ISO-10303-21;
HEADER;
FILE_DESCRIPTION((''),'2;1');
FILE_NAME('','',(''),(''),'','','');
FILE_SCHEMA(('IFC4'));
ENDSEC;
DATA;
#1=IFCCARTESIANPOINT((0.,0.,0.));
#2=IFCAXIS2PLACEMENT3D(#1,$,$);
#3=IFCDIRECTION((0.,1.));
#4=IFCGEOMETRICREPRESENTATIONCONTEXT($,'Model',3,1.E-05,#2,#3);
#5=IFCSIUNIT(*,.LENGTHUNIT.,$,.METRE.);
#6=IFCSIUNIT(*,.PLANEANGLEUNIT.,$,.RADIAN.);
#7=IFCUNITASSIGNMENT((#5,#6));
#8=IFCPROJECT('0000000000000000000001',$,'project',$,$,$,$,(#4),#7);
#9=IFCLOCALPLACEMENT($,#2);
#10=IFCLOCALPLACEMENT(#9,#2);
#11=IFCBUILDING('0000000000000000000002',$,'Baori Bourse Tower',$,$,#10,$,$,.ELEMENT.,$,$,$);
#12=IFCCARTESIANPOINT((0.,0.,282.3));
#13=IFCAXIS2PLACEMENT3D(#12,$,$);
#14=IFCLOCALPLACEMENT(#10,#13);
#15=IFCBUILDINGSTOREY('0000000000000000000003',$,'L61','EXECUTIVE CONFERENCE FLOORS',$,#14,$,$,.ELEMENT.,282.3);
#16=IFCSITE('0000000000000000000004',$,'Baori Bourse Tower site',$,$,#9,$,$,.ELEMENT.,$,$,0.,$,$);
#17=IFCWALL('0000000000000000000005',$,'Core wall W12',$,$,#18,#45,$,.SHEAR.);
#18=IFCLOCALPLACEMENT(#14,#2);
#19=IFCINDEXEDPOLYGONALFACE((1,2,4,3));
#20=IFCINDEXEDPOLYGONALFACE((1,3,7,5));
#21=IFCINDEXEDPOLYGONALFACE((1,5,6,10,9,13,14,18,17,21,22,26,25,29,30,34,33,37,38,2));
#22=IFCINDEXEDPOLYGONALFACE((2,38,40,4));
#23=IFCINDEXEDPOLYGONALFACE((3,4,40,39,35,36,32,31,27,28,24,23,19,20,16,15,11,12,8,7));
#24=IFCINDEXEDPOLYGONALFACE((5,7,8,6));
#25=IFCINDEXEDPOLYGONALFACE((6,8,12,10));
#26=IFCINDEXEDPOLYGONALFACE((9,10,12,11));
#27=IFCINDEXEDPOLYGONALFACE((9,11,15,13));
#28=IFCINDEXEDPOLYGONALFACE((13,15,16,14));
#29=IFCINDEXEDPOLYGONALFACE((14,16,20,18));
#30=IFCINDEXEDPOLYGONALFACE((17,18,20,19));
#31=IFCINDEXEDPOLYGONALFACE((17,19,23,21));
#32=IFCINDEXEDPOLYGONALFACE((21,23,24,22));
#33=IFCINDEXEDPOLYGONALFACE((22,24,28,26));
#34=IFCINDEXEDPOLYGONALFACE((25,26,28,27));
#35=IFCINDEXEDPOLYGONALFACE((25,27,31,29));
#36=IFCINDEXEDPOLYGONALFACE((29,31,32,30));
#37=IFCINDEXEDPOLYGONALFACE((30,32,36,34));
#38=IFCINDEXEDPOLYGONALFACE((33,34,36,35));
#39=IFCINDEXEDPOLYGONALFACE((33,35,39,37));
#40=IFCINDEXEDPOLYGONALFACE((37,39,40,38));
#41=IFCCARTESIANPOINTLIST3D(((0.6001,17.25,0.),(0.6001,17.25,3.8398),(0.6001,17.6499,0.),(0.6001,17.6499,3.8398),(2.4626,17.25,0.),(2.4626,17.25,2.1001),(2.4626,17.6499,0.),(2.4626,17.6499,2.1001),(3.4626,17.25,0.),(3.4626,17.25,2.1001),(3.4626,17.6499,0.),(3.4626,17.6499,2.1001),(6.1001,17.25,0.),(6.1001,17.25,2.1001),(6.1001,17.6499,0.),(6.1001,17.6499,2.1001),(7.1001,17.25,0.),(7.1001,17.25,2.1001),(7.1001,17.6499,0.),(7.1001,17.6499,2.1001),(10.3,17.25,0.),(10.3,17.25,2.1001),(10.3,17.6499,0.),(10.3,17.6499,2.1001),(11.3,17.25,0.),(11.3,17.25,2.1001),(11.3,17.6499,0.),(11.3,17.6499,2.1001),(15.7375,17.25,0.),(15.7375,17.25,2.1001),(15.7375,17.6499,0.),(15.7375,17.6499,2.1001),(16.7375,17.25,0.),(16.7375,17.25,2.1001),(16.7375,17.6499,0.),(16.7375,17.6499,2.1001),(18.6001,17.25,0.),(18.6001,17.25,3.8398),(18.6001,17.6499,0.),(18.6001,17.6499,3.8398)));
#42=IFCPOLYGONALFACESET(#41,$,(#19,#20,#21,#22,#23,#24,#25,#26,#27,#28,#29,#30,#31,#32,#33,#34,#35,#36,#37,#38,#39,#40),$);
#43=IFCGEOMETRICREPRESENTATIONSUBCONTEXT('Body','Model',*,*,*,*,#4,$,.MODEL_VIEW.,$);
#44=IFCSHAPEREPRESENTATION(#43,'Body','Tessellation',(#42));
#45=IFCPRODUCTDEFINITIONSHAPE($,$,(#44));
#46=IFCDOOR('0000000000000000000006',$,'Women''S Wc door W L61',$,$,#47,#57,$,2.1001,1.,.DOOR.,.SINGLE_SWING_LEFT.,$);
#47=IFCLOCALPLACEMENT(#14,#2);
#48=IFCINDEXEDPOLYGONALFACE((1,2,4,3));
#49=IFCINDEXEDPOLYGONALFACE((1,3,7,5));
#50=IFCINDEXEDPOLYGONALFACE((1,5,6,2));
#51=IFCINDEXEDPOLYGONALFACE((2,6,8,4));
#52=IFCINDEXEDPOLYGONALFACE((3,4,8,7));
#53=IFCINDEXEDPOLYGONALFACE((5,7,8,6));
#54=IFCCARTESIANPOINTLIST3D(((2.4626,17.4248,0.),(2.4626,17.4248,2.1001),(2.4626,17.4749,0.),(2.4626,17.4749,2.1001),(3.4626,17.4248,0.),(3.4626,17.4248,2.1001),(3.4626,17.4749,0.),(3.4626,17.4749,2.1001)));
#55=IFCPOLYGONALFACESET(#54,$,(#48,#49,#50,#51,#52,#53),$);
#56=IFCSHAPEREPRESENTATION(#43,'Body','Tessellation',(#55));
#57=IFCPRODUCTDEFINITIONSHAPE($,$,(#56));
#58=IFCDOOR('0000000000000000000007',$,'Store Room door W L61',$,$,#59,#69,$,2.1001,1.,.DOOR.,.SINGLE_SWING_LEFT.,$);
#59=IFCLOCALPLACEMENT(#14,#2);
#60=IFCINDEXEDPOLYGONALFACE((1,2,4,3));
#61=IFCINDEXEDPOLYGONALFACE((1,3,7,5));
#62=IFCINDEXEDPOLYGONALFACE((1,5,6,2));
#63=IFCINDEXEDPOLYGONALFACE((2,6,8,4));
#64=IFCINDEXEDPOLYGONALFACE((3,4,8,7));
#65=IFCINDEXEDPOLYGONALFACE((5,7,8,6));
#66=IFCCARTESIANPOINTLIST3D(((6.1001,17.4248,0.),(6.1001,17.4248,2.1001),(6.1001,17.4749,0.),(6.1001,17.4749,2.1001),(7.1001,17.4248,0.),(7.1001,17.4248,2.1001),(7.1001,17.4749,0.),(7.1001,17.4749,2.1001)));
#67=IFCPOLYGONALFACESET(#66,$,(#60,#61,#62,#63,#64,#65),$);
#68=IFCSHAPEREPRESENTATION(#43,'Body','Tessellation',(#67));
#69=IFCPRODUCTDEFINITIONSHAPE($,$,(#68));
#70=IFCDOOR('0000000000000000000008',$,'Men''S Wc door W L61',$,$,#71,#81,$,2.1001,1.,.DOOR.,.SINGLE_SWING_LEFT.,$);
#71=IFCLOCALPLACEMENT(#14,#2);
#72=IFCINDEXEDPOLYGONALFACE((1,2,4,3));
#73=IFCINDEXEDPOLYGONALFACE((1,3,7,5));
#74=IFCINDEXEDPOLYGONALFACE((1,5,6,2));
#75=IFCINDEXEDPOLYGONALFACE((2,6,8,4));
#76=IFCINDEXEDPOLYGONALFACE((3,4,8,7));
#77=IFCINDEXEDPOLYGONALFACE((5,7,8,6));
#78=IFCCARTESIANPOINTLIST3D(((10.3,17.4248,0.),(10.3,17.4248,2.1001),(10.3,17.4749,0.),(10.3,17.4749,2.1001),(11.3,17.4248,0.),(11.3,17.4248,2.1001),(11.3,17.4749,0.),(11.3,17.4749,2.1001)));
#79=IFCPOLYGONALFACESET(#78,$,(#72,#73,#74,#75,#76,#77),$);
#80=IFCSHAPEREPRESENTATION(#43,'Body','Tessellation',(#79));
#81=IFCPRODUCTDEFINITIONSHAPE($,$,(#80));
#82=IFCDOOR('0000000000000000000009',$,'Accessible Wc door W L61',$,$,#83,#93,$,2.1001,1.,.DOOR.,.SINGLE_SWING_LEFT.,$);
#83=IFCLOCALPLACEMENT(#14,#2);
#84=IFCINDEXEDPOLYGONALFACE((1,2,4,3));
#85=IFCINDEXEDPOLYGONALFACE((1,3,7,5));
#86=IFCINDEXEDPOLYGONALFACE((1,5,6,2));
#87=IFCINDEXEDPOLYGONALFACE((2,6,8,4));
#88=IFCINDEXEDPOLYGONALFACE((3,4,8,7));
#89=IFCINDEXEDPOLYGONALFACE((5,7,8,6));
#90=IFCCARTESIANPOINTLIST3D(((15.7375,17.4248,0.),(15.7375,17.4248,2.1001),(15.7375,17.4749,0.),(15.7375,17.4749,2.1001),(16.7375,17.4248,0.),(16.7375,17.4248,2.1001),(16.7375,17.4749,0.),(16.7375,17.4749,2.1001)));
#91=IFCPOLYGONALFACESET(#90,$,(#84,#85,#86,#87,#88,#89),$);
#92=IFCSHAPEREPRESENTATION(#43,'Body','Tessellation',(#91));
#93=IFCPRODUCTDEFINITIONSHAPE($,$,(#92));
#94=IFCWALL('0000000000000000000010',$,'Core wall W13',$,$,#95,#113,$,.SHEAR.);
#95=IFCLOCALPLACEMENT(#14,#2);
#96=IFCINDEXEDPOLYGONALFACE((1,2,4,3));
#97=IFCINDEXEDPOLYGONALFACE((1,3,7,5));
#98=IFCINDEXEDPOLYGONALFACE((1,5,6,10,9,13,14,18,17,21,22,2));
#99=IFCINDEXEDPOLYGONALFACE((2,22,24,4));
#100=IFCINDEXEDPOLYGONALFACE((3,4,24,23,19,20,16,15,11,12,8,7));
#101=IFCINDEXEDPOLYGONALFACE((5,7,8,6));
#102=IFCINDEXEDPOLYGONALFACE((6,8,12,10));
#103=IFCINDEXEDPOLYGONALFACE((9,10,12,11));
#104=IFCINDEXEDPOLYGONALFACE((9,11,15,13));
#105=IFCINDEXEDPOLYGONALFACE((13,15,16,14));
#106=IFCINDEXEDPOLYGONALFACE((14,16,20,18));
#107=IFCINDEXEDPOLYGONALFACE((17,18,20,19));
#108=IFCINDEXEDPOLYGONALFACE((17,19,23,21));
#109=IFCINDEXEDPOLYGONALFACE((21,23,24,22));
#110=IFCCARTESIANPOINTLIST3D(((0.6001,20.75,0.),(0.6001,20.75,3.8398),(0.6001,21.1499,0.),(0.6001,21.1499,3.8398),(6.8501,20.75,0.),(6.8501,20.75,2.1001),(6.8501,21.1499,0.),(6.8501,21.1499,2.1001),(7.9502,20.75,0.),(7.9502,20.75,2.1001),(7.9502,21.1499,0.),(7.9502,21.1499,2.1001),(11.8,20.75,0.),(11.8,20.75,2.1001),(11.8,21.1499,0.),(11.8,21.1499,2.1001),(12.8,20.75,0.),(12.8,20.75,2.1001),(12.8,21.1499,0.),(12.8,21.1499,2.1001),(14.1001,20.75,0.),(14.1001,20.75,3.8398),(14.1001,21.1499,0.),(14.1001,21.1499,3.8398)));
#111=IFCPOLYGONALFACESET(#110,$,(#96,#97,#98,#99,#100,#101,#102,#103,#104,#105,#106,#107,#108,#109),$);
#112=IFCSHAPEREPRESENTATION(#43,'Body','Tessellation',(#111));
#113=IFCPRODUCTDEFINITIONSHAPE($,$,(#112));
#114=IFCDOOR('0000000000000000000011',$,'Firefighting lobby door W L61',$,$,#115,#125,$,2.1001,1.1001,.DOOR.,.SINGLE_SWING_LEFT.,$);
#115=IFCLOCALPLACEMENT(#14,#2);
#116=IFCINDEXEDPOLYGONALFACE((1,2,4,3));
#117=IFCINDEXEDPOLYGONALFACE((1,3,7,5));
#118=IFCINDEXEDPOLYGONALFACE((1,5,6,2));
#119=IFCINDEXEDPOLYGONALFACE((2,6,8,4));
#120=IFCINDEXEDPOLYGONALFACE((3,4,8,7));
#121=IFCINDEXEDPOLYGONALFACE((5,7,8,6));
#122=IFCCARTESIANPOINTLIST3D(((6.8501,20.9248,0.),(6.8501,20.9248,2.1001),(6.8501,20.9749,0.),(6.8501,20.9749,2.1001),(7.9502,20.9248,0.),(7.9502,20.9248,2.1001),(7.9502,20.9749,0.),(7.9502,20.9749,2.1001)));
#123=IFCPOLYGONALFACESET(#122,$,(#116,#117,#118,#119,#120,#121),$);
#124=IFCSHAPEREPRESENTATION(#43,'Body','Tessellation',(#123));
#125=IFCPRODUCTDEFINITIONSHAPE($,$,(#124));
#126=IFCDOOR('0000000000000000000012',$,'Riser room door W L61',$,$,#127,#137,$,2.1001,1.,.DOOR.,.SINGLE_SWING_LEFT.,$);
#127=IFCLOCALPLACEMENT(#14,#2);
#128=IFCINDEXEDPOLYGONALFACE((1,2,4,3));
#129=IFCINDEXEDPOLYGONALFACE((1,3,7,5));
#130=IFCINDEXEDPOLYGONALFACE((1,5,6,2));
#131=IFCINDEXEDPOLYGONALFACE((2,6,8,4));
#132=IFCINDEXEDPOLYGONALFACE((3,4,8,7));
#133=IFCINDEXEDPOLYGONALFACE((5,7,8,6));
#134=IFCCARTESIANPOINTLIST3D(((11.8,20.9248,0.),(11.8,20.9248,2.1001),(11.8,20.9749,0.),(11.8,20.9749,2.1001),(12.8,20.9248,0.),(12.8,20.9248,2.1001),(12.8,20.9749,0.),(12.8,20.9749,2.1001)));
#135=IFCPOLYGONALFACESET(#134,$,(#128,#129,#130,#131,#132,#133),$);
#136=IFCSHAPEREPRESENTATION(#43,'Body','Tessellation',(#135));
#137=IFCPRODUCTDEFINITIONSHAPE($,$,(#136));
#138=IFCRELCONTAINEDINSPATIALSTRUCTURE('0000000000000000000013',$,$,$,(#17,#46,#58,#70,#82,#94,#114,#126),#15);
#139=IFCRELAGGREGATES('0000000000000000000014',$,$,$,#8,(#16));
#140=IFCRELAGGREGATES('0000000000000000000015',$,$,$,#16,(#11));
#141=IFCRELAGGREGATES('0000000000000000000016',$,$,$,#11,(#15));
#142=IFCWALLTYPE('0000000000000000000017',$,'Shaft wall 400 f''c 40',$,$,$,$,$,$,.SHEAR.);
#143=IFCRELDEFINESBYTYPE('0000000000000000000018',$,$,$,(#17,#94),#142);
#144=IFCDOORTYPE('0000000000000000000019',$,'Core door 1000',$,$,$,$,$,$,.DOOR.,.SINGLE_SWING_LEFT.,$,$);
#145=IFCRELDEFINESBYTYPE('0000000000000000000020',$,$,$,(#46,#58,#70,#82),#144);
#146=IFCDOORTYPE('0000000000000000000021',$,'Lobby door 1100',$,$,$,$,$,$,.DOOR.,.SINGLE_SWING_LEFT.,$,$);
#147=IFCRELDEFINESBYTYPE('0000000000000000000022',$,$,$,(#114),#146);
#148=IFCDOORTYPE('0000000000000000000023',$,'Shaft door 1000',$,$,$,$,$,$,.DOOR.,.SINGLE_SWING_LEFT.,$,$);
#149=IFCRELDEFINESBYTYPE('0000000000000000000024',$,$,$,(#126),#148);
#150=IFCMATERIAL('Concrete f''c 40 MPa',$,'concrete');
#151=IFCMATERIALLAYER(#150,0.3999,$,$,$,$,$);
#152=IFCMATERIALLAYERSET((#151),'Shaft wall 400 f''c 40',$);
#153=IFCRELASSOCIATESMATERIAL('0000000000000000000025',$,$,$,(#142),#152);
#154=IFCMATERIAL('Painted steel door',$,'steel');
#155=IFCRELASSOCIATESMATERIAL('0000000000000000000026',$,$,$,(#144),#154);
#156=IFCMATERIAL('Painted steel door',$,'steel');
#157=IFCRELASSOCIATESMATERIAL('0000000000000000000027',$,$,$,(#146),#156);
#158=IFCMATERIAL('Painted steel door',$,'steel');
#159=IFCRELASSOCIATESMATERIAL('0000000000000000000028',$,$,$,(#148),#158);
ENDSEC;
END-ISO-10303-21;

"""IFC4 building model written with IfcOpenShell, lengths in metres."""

from ifc_helpers import new_model, si_unit, direction, frame, frame_2d, origin, place, context, subcontext, project, spatial, rectangle, extrude, material, layer, layer_set, type_object, element, fill, save


model = new_model("IFC4")

# Units and contexts
model_context = context("Model", 3, precision=1e-05, world=origin(), true_north=direction((0.0, 1.0)))
body_context = subcontext(model_context, "Body", "Model", "MODEL_VIEW")
ifc_project = project(units=[si_unit("LENGTHUNIT", "METRE"), si_unit("PLANEANGLEUNIT", "RADIAN")], contexts=[model_context])

# Site, building, storey
site_placement = place(None, origin())
site = spatial("IfcSite", under=ifc_project, at=site_placement, Name="Baori Bourse Tower site", CompositionType="ELEMENT", RefElevation=0.0)
building_placement = place(site_placement, origin())
building = spatial("IfcBuilding", under=site, at=building_placement, Name="Baori Bourse Tower", CompositionType="ELEMENT")
storey_placement = place(building_placement, frame((0.0, 0.0, 282.3)))
storey = spatial("IfcBuildingStorey", under=building, at=storey_placement, Name="L61", Description="EXECUTIVE CONFERENCE FLOORS", CompositionType="ELEMENT", Elevation=282.3)

# Shared definitions
ifc_material_1 = material(Name="Concrete f'c 40 MPa", Category="concrete")
ifc_layer_1 = layer(ifc_material_1, 0.3999)
ifc_layer_set_1 = layer_set([ifc_layer_1], Name="Shaft wall 400 f'c 40")
wall_type_1 = type_object("IfcWallType", Name="Shaft wall 400 f'c 40", PredefinedType="SHEAR", material=ifc_layer_set_1)

# Walls, openings, doors
wall_1_placement = place(storey_placement, frame((0.6001, 17.45, 0.0), z_axis=(0.0, 0.0, 1.0), x_axis=(1.0, 0.0, 0.0)))
wall_1 = element("IfcWall", 1, at=wall_1_placement, inside=storey, type_object=wall_type_1, Name="Core wall W12", PredefinedType="SHEAR", context=body_context, shape_type="SweptSolid", body=[
    extrude(rectangle(XDim=18.0, YDim=0.3999, at=frame_2d((9.0, 0.0))), origin(), (0.0, 0.0, 1.0), 3.8398),
])
opening_1_placement = place(wall_1_placement, frame((1.8625, 0.0, 0.0)))
opening_1 = element("IfcOpeningElement", 2, at=opening_1_placement, cuts=wall_1, PredefinedType="OPENING", context=body_context, shape_type="SweptSolid", body=[
    extrude(rectangle(XDim=1.0, YDim=2.1001, at=frame_2d((0.5, 1.05))), frame((0.0, 0.21, 0.0), z_axis=(0.0, -1.0, 0.0), x_axis=(1.0, 0.0, 0.0)), (0.0, 0.0, 1.0), 0.4199),
])
opening_2_placement = place(wall_1_placement, frame((5.5, 0.0, 0.0)))
opening_2 = element("IfcOpeningElement", 3, at=opening_2_placement, cuts=wall_1, PredefinedType="OPENING", context=body_context, shape_type="SweptSolid", body=[
    extrude(rectangle(XDim=1.0, YDim=2.1001, at=frame_2d((0.5, 1.05))), frame((0.0, 0.21, 0.0), z_axis=(0.0, -1.0, 0.0), x_axis=(1.0, 0.0, 0.0)), (0.0, 0.0, 1.0), 0.4199),
])
opening_3_placement = place(wall_1_placement, frame((9.7, 0.0, 0.0)))
opening_3 = element("IfcOpeningElement", 4, at=opening_3_placement, cuts=wall_1, PredefinedType="OPENING", context=body_context, shape_type="SweptSolid", body=[
    extrude(rectangle(XDim=1.0, YDim=2.1001, at=frame_2d((0.5, 1.05))), frame((0.0, 0.21, 0.0), z_axis=(0.0, -1.0, 0.0), x_axis=(1.0, 0.0, 0.0)), (0.0, 0.0, 1.0), 0.4199),
])
opening_4_placement = place(wall_1_placement, frame((15.1375, 0.0, 0.0)))
opening_4 = element("IfcOpeningElement", 5, at=opening_4_placement, cuts=wall_1, PredefinedType="OPENING", context=body_context, shape_type="SweptSolid", body=[
    extrude(rectangle(XDim=1.0, YDim=2.1001, at=frame_2d((0.5, 1.05))), frame((0.0, 0.21, 0.0), z_axis=(0.0, -1.0, 0.0), x_axis=(1.0, 0.0, 0.0)), (0.0, 0.0, 1.0), 0.4199),
])
ifc_material_2 = material(Name="Painted steel door", Category="steel")
door_type_1 = type_object("IfcDoorType", Name="Core door 1000", OperationType="SINGLE_SWING_LEFT", PredefinedType="DOOR", material=ifc_material_2)
door_1_placement = place(opening_1_placement, origin())
door_1 = element("IfcDoor", 6, at=door_1_placement, inside=storey, type_object=door_type_1, Name="Women'S Wc door W L61", OperationType="SINGLE_SWING_LEFT", OverallHeight=2.1001, OverallWidth=1.0, PredefinedType="DOOR", context=body_context, shape_type="SweptSolid", body=[
    extrude(rectangle(XDim=1.0, YDim=2.1001, at=frame_2d((0.5, 1.05))), frame((0.0, 0.0249, 0.0), z_axis=(0.0, -1.0, 0.0), x_axis=(1.0, 0.0, 0.0)), (0.0, 0.0, 1.0), 0.05),
])
fill(opening_1, door_1)
door_2_placement = place(opening_2_placement, origin())
door_2 = element("IfcDoor", 7, at=door_2_placement, inside=storey, type_object=door_type_1, Name="Store Room door W L61", OperationType="SINGLE_SWING_LEFT", OverallHeight=2.1001, OverallWidth=1.0, PredefinedType="DOOR", context=body_context, shape_type="SweptSolid", body=[
    extrude(rectangle(XDim=1.0, YDim=2.1001, at=frame_2d((0.5, 1.05))), frame((0.0, 0.0249, 0.0), z_axis=(0.0, -1.0, 0.0), x_axis=(1.0, 0.0, 0.0)), (0.0, 0.0, 1.0), 0.05),
])
fill(opening_2, door_2)
door_3_placement = place(opening_3_placement, origin())
door_3 = element("IfcDoor", 8, at=door_3_placement, inside=storey, type_object=door_type_1, Name="Men'S Wc door W L61", OperationType="SINGLE_SWING_LEFT", OverallHeight=2.1001, OverallWidth=1.0, PredefinedType="DOOR", context=body_context, shape_type="SweptSolid", body=[
    extrude(rectangle(XDim=1.0, YDim=2.1001, at=frame_2d((0.5, 1.05))), frame((0.0, 0.0249, 0.0), z_axis=(0.0, -1.0, 0.0), x_axis=(1.0, 0.0, 0.0)), (0.0, 0.0, 1.0), 0.05),
])
fill(opening_3, door_3)
door_4_placement = place(opening_4_placement, origin())
door_4 = element("IfcDoor", 9, at=door_4_placement, inside=storey, type_object=door_type_1, Name="Accessible Wc door W L61", OperationType="SINGLE_SWING_LEFT", OverallHeight=2.1001, OverallWidth=1.0, PredefinedType="DOOR", context=body_context, shape_type="SweptSolid", body=[
    extrude(rectangle(XDim=1.0, YDim=2.1001, at=frame_2d((0.5, 1.05))), frame((0.0, 0.0249, 0.0), z_axis=(0.0, -1.0, 0.0), x_axis=(1.0, 0.0, 0.0)), (0.0, 0.0, 1.0), 0.05),
])
fill(opening_4, door_4)
wall_2_placement = place(storey_placement, frame((0.6001, 20.95, 0.0), z_axis=(0.0, 0.0, 1.0), x_axis=(1.0, 0.0, 0.0)))
wall_2 = element("IfcWall", 10, at=wall_2_placement, inside=storey, type_object=wall_type_1, Name="Core wall W13", PredefinedType="SHEAR", context=body_context, shape_type="SweptSolid", body=[
    extrude(rectangle(XDim=13.5, YDim=0.3999, at=frame_2d((6.75, 0.0))), origin(), (0.0, 0.0, 1.0), 3.8398),
])
opening_5_placement = place(wall_2_placement, frame((6.25, 0.0, 0.0)))
opening_5 = element("IfcOpeningElement", 11, at=opening_5_placement, cuts=wall_2, PredefinedType="OPENING", context=body_context, shape_type="SweptSolid", body=[
    extrude(rectangle(XDim=1.1001, YDim=2.1001, at=frame_2d((0.55, 1.05))), frame((0.0, 0.21, 0.0), z_axis=(0.0, -1.0, 0.0), x_axis=(1.0, 0.0, 0.0)), (0.0, 0.0, 1.0), 0.4199),
])
opening_6_placement = place(wall_2_placement, frame((11.2, 0.0, 0.0)))
opening_6 = element("IfcOpeningElement", 12, at=opening_6_placement, cuts=wall_2, PredefinedType="OPENING", context=body_context, shape_type="SweptSolid", body=[
    extrude(rectangle(XDim=1.0, YDim=2.1001, at=frame_2d((0.5, 1.05))), frame((0.0, 0.21, 0.0), z_axis=(0.0, -1.0, 0.0), x_axis=(1.0, 0.0, 0.0)), (0.0, 0.0, 1.0), 0.4199),
])
ifc_material_3 = material(Name="Painted steel door", Category="steel")
door_type_2 = type_object("IfcDoorType", Name="Lobby door 1100", OperationType="SINGLE_SWING_LEFT", PredefinedType="DOOR", material=ifc_material_3)
door_5_placement = place(opening_5_placement, origin())
door_5 = element("IfcDoor", 13, at=door_5_placement, inside=storey, type_object=door_type_2, Name="Firefighting lobby door W L61", OperationType="SINGLE_SWING_LEFT", OverallHeight=2.1001, OverallWidth=1.1001, PredefinedType="DOOR", context=body_context, shape_type="SweptSolid", body=[
    extrude(rectangle(XDim=1.1001, YDim=2.1001, at=frame_2d((0.55, 1.05))), frame((0.0, 0.0249, 0.0), z_axis=(0.0, -1.0, 0.0), x_axis=(1.0, 0.0, 0.0)), (0.0, 0.0, 1.0), 0.05),
])
fill(opening_5, door_5)
ifc_material_4 = material(Name="Painted steel door", Category="steel")
door_type_3 = type_object("IfcDoorType", Name="Shaft door 1000", OperationType="SINGLE_SWING_LEFT", PredefinedType="DOOR", material=ifc_material_4)
door_6_placement = place(opening_6_placement, origin())
door_6 = element("IfcDoor", 14, at=door_6_placement, inside=storey, type_object=door_type_3, Name="Riser room door W L61", OperationType="SINGLE_SWING_LEFT", OverallHeight=2.1001, OverallWidth=1.0, PredefinedType="DOOR", context=body_context, shape_type="SweptSolid", body=[
    extrude(rectangle(XDim=1.0, YDim=2.1001, at=frame_2d((0.5, 1.05))), frame((0.0, 0.0249, 0.0), z_axis=(0.0, -1.0, 0.0), x_axis=(1.0, 0.0, 0.0)), (0.0, 0.0, 1.0), 0.05),
])
fill(opening_6, door_6)

save(model, "model.ifc")
